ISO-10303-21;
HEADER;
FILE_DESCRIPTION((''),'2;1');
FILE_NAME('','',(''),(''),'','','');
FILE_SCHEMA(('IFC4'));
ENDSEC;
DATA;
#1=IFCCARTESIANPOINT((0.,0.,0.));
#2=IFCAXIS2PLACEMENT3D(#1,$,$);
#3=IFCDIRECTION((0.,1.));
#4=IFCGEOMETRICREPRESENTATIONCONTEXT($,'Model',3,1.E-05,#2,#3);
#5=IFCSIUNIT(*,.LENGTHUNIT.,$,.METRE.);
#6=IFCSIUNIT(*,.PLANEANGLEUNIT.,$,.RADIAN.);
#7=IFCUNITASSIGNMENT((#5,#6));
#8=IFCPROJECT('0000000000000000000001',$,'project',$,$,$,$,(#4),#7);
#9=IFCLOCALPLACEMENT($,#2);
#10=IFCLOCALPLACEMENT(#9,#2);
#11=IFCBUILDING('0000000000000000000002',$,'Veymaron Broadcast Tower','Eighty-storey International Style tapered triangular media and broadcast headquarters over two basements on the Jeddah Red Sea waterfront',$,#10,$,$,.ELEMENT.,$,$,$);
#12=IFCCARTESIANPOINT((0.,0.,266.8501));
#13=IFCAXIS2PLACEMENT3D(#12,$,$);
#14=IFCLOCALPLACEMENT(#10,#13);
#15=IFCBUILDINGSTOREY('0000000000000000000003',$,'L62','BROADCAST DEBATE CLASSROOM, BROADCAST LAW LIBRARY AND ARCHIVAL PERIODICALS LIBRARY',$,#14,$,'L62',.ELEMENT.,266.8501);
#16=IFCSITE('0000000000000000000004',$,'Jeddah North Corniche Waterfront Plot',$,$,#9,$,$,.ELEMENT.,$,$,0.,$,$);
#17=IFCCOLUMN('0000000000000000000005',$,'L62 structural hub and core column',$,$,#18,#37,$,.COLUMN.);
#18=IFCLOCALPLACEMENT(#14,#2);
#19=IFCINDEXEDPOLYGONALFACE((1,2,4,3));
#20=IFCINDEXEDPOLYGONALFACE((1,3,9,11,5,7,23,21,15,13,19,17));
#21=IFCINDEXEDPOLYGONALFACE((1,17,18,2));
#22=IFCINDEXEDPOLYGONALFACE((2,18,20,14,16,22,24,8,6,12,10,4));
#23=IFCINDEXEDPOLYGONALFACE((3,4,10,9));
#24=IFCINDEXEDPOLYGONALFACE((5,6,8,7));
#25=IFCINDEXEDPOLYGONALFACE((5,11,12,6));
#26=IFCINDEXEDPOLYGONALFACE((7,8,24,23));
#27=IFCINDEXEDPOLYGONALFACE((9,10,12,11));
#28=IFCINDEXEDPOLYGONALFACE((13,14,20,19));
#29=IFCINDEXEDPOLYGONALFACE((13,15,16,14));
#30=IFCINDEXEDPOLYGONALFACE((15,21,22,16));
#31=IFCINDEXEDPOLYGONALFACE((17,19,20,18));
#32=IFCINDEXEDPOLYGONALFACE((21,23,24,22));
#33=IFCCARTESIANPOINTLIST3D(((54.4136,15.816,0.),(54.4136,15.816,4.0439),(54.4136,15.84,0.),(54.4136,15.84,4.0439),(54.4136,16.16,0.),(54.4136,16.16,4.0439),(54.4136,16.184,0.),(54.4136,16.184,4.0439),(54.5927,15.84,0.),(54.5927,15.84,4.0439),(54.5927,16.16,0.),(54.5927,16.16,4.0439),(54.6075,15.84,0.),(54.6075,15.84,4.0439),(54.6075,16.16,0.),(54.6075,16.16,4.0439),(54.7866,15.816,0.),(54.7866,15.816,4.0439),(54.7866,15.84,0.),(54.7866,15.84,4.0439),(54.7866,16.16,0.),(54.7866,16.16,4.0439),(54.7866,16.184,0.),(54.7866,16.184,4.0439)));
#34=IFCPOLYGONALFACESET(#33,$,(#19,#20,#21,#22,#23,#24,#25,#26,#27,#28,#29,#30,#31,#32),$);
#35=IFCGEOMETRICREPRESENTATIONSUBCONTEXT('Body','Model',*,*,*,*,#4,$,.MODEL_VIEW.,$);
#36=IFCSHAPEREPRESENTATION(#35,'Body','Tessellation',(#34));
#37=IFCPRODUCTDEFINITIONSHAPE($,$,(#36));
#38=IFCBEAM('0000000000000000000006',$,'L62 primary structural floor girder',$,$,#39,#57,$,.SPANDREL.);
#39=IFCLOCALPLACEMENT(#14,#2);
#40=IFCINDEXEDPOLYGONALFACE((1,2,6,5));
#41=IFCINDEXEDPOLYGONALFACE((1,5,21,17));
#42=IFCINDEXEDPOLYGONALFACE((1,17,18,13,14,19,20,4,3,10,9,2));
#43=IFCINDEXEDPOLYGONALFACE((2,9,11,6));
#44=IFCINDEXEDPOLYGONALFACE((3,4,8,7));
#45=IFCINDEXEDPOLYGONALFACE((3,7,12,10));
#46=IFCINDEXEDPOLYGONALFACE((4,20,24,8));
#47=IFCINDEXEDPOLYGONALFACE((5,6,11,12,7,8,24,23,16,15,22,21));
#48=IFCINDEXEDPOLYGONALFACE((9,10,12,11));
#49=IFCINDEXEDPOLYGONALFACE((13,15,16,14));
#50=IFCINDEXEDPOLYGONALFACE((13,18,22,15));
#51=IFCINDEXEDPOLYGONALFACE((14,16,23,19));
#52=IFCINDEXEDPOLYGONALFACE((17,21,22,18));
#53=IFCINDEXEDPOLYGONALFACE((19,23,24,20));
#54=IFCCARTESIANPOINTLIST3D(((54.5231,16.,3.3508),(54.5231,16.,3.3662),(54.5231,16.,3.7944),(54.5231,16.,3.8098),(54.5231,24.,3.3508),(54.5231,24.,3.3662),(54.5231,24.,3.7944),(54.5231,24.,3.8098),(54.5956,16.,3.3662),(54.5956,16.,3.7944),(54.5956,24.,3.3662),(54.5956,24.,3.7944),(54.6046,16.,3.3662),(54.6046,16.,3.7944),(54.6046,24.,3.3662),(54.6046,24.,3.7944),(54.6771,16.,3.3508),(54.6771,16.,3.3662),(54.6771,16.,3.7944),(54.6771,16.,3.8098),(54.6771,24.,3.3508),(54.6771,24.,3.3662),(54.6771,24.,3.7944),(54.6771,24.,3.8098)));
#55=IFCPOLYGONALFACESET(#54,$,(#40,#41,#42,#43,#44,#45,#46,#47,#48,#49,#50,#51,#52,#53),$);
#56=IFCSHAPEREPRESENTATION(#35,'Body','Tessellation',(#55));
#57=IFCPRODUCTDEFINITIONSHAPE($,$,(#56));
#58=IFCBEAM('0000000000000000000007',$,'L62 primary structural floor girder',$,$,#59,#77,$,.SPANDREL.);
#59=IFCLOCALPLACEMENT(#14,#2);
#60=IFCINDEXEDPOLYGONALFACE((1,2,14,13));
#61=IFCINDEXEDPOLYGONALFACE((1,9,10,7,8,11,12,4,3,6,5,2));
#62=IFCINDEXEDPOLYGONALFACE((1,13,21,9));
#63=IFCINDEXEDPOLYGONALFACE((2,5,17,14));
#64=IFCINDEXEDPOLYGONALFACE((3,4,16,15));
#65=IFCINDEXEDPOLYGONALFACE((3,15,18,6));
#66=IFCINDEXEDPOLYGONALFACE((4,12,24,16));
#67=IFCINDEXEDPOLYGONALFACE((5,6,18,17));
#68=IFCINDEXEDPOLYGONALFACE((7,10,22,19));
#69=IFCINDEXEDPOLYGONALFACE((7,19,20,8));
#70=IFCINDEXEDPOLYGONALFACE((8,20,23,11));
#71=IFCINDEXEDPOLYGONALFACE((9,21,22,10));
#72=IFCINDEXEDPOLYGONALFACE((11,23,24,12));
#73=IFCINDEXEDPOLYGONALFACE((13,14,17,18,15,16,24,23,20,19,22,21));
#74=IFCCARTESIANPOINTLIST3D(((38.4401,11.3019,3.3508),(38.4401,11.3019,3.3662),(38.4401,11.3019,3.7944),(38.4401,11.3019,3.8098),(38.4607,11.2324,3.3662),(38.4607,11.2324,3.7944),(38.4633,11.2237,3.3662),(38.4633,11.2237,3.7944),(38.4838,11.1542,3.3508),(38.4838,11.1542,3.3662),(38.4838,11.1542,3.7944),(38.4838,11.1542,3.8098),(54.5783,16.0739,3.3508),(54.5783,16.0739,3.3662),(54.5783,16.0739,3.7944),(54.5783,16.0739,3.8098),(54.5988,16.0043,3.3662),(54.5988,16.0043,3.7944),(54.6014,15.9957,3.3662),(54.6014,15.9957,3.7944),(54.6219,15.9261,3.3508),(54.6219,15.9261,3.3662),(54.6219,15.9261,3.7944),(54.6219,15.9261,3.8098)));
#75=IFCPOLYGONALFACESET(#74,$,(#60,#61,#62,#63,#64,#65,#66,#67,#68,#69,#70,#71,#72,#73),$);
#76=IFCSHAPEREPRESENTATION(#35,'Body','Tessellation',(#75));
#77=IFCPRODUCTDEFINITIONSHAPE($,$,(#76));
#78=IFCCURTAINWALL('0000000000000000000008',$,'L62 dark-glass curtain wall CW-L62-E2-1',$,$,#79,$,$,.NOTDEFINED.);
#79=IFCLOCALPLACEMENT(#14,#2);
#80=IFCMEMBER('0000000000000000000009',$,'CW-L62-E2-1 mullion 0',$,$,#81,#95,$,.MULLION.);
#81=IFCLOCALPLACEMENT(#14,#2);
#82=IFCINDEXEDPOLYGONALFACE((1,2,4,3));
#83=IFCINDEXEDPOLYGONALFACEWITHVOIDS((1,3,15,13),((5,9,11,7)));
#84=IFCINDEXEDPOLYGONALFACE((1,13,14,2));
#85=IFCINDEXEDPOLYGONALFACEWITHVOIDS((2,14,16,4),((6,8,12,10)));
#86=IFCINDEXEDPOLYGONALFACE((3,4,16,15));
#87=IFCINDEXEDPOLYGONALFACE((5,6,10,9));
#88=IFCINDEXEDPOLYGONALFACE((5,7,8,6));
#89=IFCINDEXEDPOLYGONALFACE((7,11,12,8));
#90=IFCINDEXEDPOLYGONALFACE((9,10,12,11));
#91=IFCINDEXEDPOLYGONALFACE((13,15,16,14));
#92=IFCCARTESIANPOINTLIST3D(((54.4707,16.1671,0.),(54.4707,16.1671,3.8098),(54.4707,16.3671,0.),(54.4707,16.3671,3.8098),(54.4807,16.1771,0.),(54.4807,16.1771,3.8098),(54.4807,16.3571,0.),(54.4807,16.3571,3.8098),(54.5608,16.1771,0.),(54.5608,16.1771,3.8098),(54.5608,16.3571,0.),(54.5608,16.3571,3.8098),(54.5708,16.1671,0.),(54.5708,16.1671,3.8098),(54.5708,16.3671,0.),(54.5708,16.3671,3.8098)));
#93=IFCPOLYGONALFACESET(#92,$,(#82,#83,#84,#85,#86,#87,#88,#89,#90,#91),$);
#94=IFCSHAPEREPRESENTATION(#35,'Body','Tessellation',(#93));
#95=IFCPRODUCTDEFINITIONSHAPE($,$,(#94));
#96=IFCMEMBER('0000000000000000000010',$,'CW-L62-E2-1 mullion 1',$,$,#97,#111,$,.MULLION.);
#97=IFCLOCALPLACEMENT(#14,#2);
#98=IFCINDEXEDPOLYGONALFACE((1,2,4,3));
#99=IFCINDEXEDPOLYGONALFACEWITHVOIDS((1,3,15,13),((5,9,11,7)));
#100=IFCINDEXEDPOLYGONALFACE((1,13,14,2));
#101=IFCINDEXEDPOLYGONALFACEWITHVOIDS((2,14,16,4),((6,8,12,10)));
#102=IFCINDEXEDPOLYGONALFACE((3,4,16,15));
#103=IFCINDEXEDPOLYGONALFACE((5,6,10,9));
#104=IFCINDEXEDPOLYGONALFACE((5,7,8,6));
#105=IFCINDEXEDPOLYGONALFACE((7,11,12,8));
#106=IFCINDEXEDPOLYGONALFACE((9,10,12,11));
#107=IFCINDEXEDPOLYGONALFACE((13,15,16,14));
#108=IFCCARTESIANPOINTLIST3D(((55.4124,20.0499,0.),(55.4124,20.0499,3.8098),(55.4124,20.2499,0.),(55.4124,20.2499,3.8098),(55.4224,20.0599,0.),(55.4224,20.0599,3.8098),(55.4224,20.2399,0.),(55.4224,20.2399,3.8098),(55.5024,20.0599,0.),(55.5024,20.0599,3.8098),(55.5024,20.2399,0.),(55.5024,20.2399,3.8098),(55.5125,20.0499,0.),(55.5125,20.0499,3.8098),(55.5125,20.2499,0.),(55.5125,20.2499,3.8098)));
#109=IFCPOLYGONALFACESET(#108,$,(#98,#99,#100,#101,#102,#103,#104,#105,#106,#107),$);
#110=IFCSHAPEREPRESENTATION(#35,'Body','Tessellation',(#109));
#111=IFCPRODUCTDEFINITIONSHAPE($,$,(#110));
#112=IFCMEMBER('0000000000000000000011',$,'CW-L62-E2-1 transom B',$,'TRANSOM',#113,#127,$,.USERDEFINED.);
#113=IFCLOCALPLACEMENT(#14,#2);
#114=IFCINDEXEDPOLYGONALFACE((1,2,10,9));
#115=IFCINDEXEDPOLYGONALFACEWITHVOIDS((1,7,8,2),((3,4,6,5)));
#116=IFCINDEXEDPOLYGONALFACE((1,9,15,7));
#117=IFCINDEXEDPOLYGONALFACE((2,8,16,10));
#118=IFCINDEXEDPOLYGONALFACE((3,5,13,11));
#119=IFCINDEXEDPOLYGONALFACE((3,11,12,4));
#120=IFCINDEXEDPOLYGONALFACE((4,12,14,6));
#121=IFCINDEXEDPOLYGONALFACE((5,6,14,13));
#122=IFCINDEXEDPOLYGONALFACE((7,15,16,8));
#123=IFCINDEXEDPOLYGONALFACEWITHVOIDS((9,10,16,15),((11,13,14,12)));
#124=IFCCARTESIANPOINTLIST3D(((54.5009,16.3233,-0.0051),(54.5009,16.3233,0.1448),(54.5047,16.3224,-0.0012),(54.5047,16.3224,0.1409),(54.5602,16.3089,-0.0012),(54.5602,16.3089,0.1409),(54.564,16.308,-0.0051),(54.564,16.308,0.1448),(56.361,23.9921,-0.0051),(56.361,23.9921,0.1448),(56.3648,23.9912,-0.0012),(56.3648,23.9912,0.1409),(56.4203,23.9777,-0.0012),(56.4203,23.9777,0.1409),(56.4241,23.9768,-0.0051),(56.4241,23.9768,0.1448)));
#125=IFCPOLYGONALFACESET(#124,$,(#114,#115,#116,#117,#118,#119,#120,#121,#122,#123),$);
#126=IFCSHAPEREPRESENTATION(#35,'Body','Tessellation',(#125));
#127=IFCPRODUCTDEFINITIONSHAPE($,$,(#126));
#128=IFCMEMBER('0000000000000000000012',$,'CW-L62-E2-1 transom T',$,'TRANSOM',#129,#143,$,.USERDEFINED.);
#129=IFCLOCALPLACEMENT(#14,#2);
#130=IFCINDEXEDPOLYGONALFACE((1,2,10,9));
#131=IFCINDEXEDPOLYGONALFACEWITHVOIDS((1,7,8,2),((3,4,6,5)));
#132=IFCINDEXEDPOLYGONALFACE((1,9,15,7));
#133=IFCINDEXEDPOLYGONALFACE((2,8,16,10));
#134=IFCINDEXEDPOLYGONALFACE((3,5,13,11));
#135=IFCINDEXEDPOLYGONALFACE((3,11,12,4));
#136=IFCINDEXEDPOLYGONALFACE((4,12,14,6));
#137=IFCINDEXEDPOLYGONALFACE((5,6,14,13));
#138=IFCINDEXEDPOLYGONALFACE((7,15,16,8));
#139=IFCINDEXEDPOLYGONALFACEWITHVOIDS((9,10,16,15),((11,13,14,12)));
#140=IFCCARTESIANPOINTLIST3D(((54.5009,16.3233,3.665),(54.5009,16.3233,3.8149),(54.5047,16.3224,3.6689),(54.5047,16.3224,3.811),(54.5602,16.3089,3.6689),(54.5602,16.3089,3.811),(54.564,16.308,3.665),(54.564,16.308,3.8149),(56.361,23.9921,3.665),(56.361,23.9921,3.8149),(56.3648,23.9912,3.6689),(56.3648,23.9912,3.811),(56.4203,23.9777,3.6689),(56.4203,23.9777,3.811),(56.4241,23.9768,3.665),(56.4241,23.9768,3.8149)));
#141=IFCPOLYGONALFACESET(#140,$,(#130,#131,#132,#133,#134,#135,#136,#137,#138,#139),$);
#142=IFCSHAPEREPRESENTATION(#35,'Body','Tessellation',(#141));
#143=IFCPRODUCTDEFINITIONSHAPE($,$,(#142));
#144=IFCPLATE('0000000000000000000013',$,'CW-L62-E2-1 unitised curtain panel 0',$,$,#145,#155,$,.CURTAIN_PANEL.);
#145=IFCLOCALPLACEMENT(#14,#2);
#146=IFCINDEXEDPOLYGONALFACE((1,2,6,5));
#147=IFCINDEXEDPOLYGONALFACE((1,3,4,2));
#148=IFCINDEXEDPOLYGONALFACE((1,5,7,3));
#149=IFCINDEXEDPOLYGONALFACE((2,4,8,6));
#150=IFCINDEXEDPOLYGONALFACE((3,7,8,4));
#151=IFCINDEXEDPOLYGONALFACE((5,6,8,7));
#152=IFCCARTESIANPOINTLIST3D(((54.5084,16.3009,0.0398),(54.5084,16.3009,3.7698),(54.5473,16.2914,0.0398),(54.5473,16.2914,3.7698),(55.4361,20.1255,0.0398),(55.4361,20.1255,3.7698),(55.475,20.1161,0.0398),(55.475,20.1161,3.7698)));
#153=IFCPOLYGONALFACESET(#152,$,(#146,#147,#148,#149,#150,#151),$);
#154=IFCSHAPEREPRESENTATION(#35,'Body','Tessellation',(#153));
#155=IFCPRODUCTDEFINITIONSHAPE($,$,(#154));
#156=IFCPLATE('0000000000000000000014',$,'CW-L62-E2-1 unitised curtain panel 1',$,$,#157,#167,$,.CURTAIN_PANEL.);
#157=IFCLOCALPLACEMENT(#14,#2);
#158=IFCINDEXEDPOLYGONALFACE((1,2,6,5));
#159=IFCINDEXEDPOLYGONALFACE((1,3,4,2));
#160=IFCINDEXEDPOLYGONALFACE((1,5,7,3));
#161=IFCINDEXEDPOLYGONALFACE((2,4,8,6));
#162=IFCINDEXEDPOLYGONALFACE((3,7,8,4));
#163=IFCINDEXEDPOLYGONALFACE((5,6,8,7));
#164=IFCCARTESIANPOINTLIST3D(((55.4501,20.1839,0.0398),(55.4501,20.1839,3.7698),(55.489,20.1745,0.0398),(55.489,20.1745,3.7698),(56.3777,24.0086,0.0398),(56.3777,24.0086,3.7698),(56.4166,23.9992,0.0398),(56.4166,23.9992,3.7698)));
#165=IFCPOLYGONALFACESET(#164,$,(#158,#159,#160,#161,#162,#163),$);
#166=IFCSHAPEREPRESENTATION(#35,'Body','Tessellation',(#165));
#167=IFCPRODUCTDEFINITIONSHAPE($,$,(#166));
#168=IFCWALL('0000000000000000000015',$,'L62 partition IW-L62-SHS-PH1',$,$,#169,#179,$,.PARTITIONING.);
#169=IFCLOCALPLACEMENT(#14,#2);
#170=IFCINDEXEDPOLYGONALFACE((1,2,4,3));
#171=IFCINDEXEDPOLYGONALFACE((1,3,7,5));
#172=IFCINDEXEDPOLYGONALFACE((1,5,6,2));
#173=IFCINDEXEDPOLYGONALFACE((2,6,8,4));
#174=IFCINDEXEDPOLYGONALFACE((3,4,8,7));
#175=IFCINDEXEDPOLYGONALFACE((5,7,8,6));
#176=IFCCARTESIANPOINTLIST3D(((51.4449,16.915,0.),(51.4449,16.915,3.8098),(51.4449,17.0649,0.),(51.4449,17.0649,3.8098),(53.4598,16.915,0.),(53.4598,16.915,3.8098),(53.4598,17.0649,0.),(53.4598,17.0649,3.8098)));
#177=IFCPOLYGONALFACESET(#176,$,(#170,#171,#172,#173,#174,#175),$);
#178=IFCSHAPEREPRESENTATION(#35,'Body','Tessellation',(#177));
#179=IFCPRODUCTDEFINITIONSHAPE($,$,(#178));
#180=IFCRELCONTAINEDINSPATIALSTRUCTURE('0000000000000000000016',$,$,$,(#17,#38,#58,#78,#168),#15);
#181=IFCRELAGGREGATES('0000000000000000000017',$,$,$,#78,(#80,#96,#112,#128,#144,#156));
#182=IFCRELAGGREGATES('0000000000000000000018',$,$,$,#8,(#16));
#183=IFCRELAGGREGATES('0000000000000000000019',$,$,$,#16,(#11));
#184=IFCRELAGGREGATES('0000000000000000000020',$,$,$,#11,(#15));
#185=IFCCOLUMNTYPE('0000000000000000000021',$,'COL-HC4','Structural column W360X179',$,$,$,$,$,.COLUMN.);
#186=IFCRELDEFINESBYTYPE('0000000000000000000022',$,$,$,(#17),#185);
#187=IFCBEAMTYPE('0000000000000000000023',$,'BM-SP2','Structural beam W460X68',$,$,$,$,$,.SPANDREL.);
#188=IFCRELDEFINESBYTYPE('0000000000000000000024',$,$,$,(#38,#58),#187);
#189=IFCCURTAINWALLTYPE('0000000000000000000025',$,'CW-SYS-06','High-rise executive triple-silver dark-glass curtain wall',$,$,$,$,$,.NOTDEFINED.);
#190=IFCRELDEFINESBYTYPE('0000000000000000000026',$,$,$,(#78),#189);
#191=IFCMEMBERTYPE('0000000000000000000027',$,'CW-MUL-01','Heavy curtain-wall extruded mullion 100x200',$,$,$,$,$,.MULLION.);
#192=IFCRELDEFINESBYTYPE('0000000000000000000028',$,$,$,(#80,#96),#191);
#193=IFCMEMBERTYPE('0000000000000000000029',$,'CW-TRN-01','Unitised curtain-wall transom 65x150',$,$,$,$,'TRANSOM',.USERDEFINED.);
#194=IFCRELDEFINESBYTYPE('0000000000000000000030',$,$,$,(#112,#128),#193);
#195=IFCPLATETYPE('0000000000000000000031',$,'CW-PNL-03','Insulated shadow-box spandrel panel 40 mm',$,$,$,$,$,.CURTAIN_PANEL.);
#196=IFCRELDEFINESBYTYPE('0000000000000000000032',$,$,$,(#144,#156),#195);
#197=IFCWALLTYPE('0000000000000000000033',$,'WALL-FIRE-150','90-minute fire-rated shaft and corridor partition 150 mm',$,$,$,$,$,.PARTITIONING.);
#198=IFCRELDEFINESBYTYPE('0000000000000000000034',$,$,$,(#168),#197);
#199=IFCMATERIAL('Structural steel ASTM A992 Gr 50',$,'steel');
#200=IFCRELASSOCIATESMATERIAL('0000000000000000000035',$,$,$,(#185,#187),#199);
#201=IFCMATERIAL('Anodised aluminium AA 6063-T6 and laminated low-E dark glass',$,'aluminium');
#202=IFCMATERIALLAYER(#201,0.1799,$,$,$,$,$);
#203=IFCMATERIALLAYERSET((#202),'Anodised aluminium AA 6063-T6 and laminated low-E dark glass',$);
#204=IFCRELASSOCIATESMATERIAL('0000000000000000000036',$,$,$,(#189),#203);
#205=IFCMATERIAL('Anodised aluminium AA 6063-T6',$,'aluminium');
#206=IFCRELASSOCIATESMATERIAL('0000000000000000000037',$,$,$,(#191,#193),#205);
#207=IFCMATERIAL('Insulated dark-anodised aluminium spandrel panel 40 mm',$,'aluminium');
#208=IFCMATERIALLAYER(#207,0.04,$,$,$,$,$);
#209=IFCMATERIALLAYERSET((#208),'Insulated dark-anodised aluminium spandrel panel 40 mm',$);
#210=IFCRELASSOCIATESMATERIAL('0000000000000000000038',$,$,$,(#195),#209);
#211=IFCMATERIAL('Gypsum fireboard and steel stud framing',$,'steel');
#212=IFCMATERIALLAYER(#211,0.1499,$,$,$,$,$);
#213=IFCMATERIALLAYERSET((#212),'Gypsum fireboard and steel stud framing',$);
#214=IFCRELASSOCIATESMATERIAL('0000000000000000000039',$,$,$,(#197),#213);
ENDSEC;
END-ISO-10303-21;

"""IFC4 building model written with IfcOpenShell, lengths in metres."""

from ifc_helpers import new_model, si_unit, direction, frame, frame_2d, origin, origin_2d, place, context, subcontext, project, spatial, rectangle, hollow_rectangle, i_section, extrude, material, layer, layer_set, material_profile, profile_set, type_object, element, aggregate, save


model = new_model("IFC4")

# Units and contexts
model_context = context("Model", 3, precision=1e-05, world=origin(), true_north=direction((0.0, 1.0)))
body_context = subcontext(model_context, "Body", "Model", "MODEL_VIEW")
ifc_project = project(units=[si_unit("LENGTHUNIT", "METRE"), si_unit("PLANEANGLEUNIT", "RADIAN")], contexts=[model_context])

# Site, building, storey
site_placement = place(None, origin())
site = spatial("IfcSite", under=ifc_project, at=site_placement, Name="Jeddah North Corniche Waterfront Plot", CompositionType="ELEMENT", RefElevation=0.0)
building_placement = place(site_placement, origin())
building = spatial("IfcBuilding", under=site, at=building_placement, Name="Veymaron Broadcast Tower", Description="Eighty-storey International Style tapered triangular media and broadcast headquarters over two basements on the Jeddah Red Sea waterfront", CompositionType="ELEMENT")
storey_placement = place(building_placement, frame((0.0, 0.0, 266.8501)))
storey = spatial("IfcBuildingStorey", under=building, at=storey_placement, Name="L62", Description="BROADCAST DEBATE CLASSROOM, BROADCAST LAW LIBRARY AND ARCHIVAL PERIODICALS LIBRARY", LongName="L62", CompositionType="ELEMENT", Elevation=266.8501)

# Column
ifc_material_1 = material(Name="Structural steel ASTM A992 Gr 50", Category="steel")
ifc_material_profile_1 = material_profile(ifc_material_1, i_section(OverallWidth=0.373, OverallDepth=0.3679, WebThickness=0.0149, FlangeThickness=0.0239, at=origin_2d()), Name="W360X179")
ifc_profile_set_1 = profile_set([ifc_material_profile_1], Name="Structural steel ASTM A992 Gr 50")
column_type = type_object("IfcColumnType", Name="COL-HC4", Description="Structural column W360X179", PredefinedType="COLUMN", material=ifc_profile_set_1)
column_placement = place(storey_placement, frame((54.6001, 16.0, 0.0), z_axis=(0.0, 0.0, 1.0), x_axis=(1.0, 0.0, 0.0)))
element("IfcColumn", 1, at=column_placement, inside=storey, type_object=column_type, Name="L62 structural hub and core column", PredefinedType="COLUMN", context=body_context, shape_type="SweptSolid", body=[
    extrude(i_section(OverallWidth=0.373, OverallDepth=0.3679, WebThickness=0.0149, FlangeThickness=0.0239, at=origin_2d()), origin(), (0.0, 0.0, 1.0), 4.0439),
])

# Beams
ifc_material_profile_2 = material_profile(ifc_material_1, i_section(OverallWidth=0.1541, OverallDepth=0.459, WebThickness=0.009, FlangeThickness=0.0154, at=origin_2d()), Name="W460X68")
ifc_profile_set_2 = profile_set([ifc_material_profile_2], Name="Structural steel ASTM A992 Gr 50")
beam_type = type_object("IfcBeamType", Name="BM-SP2", Description="Structural beam W460X68", PredefinedType="SPANDREL", material=ifc_profile_set_2)
beam_1_placement = place(storey_placement, frame((54.6001, 16.0, 3.5803), z_axis=(0.0, 1.0, 0.0), x_axis=(-1.0, 0.0, 0.0)))
element("IfcBeam", 2, at=beam_1_placement, inside=storey, type_object=beam_type, Name="L62 primary structural floor girder", PredefinedType="SPANDREL", context=body_context, shape_type="SweptSolid", body=[
    extrude(i_section(OverallWidth=0.1541, OverallDepth=0.459, WebThickness=0.009, FlangeThickness=0.0154, at=origin_2d()), origin(), (0.0, 0.0, 1.0), 8.0),
])
beam_2_placement = place(storey_placement, frame((54.6001, 16.0, 3.5803), z_axis=(-0.958955, -0.283558, 0.0), x_axis=(0.283558, -0.958955, 0.0)))
element("IfcBeam", 3, at=beam_2_placement, inside=storey, type_object=beam_type, Name="L62 primary structural floor girder", PredefinedType="SPANDREL", context=body_context, shape_type="SweptSolid", body=[
    extrude(i_section(OverallWidth=0.1541, OverallDepth=0.459, WebThickness=0.009, FlangeThickness=0.0154, at=origin_2d()), origin(), (0.0, 0.0, 1.0), 16.8289),
])

# Curtain wall, members, plates
ifc_material_2 = material(Name="Anodised aluminium AA 6063-T6 and laminated low-E dark glass", Category="aluminium")
ifc_layer_1 = layer(ifc_material_2, 0.1799)
ifc_layer_set_1 = layer_set([ifc_layer_1], Name="Anodised aluminium AA 6063-T6 and laminated low-E dark glass")
curtain_wall_type = type_object("IfcCurtainWallType", Name="CW-SYS-06", Description="High-rise executive triple-silver dark-glass curtain wall", PredefinedType="NOTDEFINED", material=ifc_layer_set_1)
curtain_wall_placement = place(storey_placement, origin())
curtain_wall = element("IfcCurtainWall", 4, at=curtain_wall_placement, inside=storey, type_object=curtain_wall_type, Name="L62 dark-glass curtain wall CW-L62-E2-1", PredefinedType="NOTDEFINED")
ifc_material_3 = material(Name="Anodised aluminium AA 6063-T6", Category="aluminium")
ifc_material_profile_3 = material_profile(ifc_material_3, hollow_rectangle(XDim=0.1001, YDim=0.2, WallThickness=0.01, at=origin_2d()), Name="RHS200X100X10")
ifc_profile_set_3 = profile_set([ifc_material_profile_3], Name="Anodised aluminium AA 6063-T6")
member_type_1 = type_object("IfcMemberType", Name="CW-MUL-01", Description="Heavy curtain-wall extruded mullion 100x200", PredefinedType="MULLION", material=ifc_profile_set_3)
member_1_placement = place(storey_placement, frame((54.5208, 16.2671, 0.0), z_axis=(0.0, 0.0, 1.0), x_axis=(1.0, 0.0, 0.0)))
member_1 = element("IfcMember", 5, at=member_1_placement, type_object=member_type_1, Name="CW-L62-E2-1 mullion 0", PredefinedType="MULLION", context=body_context, shape_type="SweptSolid", body=[
    extrude(hollow_rectangle(XDim=0.1001, YDim=0.2, WallThickness=0.01, at=origin_2d()), origin(), (0.0, 0.0, 1.0), 3.8098),
])
member_2_placement = place(storey_placement, frame((55.4624, 20.1499, 0.0), z_axis=(0.0, 0.0, 1.0), x_axis=(1.0, 0.0, 0.0)))
member_2 = element("IfcMember", 6, at=member_2_placement, type_object=member_type_1, Name="CW-L62-E2-1 mullion 1", PredefinedType="MULLION", context=body_context, shape_type="SweptSolid", body=[
    extrude(hollow_rectangle(XDim=0.1001, YDim=0.2, WallThickness=0.01, at=origin_2d()), origin(), (0.0, 0.0, 1.0), 3.8098),
])
ifc_material_profile_4 = material_profile(ifc_material_3, hollow_rectangle(XDim=0.0649, YDim=0.1499, WallThickness=0.0039, at=origin_2d()), Name="AL150X65X4")
ifc_profile_set_4 = profile_set([ifc_material_profile_4], Name="Anodised aluminium AA 6063-T6")
member_type_2 = type_object("IfcMemberType", Name="CW-TRN-01", Description="Unitised curtain-wall transom 65x150", ElementType="TRANSOM", PredefinedType="USERDEFINED", material=ifc_profile_set_4)
member_3_placement = place(storey_placement, frame((54.5325, 16.3157, 0.0698), z_axis=(0.235723, 0.97182, 0.0), x_axis=(-0.97182, 0.235723, 0.0)))
member_3 = element("IfcMember", 7, at=member_3_placement, type_object=member_type_2, Name="CW-L62-E2-1 transom B", ObjectType="TRANSOM", PredefinedType="USERDEFINED", context=body_context, shape_type="SweptSolid", body=[
    extrude(hollow_rectangle(XDim=0.0649, YDim=0.1499, WallThickness=0.0039, at=origin_2d()), origin(), (0.0, 0.0, 1.0), 7.8911),
])
member_4_placement = place(storey_placement, frame((54.5325, 16.3157, 3.74), z_axis=(0.235723, 0.97182, 0.0), x_axis=(-0.97182, 0.235723, 0.0)))
member_4 = element("IfcMember", 8, at=member_4_placement, type_object=member_type_2, Name="CW-L62-E2-1 transom T", ObjectType="TRANSOM", PredefinedType="USERDEFINED", context=body_context, shape_type="SweptSolid", body=[
    extrude(hollow_rectangle(XDim=0.0649, YDim=0.1499, WallThickness=0.0039, at=origin_2d()), origin(), (0.0, 0.0, 1.0), 7.8911),
])
ifc_material_4 = material(Name="Insulated dark-anodised aluminium spandrel panel 40 mm", Category="aluminium")
ifc_layer_2 = layer(ifc_material_4, 0.04)
ifc_layer_set_2 = layer_set([ifc_layer_2], Name="Insulated dark-anodised aluminium spandrel panel 40 mm")
plate_type = type_object("IfcPlateType", Name="CW-PNL-03", Description="Insulated shadow-box spandrel panel 40 mm", PredefinedType="CURTAIN_PANEL", material=ifc_layer_set_2)
plate_1_placement = place(storey_placement, frame((54.9917, 18.2085, 0.0398), z_axis=(0.0, 0.0, 1.0), x_axis=(0.235702, 0.971825, 0.0)))
plate_1 = element("IfcPlate", 9, at=plate_1_placement, type_object=plate_type, Name="CW-L62-E2-1 unitised curtain panel 0", PredefinedType="CURTAIN_PANEL", context=body_context, shape_type="SweptSolid", body=[
    extrude(rectangle(XDim=3.9355, YDim=0.04, at=origin_2d()), origin(), (0.0, 0.0, 1.0), 3.73),
])
plate_2_placement = place(storey_placement, frame((55.9333, 22.0916, 0.0398), z_axis=(0.0, 0.0, 1.0), x_axis=(0.235702, 0.971825, 0.0)))
plate_2 = element("IfcPlate", 10, at=plate_2_placement, type_object=plate_type, Name="CW-L62-E2-1 unitised curtain panel 1", PredefinedType="CURTAIN_PANEL", context=body_context, shape_type="SweptSolid", body=[
    extrude(rectangle(XDim=3.9355, YDim=0.04, at=origin_2d()), origin(), (0.0, 0.0, 1.0), 3.73),
])
aggregate(curtain_wall, [member_1, member_2, member_3, member_4, plate_1, plate_2])

# Shared definitions
ifc_material_5 = material(Name="Gypsum fireboard and steel stud framing", Category="steel")
ifc_layer_3 = layer(ifc_material_5, 0.1499)
ifc_layer_set_3 = layer_set([ifc_layer_3], Name="Gypsum fireboard and steel stud framing")
wall_type_1 = type_object("IfcWallType", Name="WALL-FIRE-150", Description="90-minute fire-rated shaft and corridor partition 150 mm", PredefinedType="PARTITIONING", material=ifc_layer_set_3)

# Wall
for number, where, z_axis, x_axis, name in (
    (11, (51.4451, 16.99, 0.0), (0.0, 0.0, 1.0), (1.0, 0.0, 0.0), "L62 partition IW-L62-SHS-PH1"),
):
    element("IfcWall", number, at=place(storey_placement, frame(where, z_axis=z_axis, x_axis=x_axis)), inside=storey, type_object=wall_type_1, Name=name, PredefinedType="PARTITIONING", context=body_context, shape_type="SweptSolid", body=[
        extrude(rectangle(XDim=2.0149, YDim=0.1499, at=frame_2d((1.0073, 0.0))), origin(), (0.0, 0.0, 1.0), 3.8098),
    ])

save(model, "model.ifc")
